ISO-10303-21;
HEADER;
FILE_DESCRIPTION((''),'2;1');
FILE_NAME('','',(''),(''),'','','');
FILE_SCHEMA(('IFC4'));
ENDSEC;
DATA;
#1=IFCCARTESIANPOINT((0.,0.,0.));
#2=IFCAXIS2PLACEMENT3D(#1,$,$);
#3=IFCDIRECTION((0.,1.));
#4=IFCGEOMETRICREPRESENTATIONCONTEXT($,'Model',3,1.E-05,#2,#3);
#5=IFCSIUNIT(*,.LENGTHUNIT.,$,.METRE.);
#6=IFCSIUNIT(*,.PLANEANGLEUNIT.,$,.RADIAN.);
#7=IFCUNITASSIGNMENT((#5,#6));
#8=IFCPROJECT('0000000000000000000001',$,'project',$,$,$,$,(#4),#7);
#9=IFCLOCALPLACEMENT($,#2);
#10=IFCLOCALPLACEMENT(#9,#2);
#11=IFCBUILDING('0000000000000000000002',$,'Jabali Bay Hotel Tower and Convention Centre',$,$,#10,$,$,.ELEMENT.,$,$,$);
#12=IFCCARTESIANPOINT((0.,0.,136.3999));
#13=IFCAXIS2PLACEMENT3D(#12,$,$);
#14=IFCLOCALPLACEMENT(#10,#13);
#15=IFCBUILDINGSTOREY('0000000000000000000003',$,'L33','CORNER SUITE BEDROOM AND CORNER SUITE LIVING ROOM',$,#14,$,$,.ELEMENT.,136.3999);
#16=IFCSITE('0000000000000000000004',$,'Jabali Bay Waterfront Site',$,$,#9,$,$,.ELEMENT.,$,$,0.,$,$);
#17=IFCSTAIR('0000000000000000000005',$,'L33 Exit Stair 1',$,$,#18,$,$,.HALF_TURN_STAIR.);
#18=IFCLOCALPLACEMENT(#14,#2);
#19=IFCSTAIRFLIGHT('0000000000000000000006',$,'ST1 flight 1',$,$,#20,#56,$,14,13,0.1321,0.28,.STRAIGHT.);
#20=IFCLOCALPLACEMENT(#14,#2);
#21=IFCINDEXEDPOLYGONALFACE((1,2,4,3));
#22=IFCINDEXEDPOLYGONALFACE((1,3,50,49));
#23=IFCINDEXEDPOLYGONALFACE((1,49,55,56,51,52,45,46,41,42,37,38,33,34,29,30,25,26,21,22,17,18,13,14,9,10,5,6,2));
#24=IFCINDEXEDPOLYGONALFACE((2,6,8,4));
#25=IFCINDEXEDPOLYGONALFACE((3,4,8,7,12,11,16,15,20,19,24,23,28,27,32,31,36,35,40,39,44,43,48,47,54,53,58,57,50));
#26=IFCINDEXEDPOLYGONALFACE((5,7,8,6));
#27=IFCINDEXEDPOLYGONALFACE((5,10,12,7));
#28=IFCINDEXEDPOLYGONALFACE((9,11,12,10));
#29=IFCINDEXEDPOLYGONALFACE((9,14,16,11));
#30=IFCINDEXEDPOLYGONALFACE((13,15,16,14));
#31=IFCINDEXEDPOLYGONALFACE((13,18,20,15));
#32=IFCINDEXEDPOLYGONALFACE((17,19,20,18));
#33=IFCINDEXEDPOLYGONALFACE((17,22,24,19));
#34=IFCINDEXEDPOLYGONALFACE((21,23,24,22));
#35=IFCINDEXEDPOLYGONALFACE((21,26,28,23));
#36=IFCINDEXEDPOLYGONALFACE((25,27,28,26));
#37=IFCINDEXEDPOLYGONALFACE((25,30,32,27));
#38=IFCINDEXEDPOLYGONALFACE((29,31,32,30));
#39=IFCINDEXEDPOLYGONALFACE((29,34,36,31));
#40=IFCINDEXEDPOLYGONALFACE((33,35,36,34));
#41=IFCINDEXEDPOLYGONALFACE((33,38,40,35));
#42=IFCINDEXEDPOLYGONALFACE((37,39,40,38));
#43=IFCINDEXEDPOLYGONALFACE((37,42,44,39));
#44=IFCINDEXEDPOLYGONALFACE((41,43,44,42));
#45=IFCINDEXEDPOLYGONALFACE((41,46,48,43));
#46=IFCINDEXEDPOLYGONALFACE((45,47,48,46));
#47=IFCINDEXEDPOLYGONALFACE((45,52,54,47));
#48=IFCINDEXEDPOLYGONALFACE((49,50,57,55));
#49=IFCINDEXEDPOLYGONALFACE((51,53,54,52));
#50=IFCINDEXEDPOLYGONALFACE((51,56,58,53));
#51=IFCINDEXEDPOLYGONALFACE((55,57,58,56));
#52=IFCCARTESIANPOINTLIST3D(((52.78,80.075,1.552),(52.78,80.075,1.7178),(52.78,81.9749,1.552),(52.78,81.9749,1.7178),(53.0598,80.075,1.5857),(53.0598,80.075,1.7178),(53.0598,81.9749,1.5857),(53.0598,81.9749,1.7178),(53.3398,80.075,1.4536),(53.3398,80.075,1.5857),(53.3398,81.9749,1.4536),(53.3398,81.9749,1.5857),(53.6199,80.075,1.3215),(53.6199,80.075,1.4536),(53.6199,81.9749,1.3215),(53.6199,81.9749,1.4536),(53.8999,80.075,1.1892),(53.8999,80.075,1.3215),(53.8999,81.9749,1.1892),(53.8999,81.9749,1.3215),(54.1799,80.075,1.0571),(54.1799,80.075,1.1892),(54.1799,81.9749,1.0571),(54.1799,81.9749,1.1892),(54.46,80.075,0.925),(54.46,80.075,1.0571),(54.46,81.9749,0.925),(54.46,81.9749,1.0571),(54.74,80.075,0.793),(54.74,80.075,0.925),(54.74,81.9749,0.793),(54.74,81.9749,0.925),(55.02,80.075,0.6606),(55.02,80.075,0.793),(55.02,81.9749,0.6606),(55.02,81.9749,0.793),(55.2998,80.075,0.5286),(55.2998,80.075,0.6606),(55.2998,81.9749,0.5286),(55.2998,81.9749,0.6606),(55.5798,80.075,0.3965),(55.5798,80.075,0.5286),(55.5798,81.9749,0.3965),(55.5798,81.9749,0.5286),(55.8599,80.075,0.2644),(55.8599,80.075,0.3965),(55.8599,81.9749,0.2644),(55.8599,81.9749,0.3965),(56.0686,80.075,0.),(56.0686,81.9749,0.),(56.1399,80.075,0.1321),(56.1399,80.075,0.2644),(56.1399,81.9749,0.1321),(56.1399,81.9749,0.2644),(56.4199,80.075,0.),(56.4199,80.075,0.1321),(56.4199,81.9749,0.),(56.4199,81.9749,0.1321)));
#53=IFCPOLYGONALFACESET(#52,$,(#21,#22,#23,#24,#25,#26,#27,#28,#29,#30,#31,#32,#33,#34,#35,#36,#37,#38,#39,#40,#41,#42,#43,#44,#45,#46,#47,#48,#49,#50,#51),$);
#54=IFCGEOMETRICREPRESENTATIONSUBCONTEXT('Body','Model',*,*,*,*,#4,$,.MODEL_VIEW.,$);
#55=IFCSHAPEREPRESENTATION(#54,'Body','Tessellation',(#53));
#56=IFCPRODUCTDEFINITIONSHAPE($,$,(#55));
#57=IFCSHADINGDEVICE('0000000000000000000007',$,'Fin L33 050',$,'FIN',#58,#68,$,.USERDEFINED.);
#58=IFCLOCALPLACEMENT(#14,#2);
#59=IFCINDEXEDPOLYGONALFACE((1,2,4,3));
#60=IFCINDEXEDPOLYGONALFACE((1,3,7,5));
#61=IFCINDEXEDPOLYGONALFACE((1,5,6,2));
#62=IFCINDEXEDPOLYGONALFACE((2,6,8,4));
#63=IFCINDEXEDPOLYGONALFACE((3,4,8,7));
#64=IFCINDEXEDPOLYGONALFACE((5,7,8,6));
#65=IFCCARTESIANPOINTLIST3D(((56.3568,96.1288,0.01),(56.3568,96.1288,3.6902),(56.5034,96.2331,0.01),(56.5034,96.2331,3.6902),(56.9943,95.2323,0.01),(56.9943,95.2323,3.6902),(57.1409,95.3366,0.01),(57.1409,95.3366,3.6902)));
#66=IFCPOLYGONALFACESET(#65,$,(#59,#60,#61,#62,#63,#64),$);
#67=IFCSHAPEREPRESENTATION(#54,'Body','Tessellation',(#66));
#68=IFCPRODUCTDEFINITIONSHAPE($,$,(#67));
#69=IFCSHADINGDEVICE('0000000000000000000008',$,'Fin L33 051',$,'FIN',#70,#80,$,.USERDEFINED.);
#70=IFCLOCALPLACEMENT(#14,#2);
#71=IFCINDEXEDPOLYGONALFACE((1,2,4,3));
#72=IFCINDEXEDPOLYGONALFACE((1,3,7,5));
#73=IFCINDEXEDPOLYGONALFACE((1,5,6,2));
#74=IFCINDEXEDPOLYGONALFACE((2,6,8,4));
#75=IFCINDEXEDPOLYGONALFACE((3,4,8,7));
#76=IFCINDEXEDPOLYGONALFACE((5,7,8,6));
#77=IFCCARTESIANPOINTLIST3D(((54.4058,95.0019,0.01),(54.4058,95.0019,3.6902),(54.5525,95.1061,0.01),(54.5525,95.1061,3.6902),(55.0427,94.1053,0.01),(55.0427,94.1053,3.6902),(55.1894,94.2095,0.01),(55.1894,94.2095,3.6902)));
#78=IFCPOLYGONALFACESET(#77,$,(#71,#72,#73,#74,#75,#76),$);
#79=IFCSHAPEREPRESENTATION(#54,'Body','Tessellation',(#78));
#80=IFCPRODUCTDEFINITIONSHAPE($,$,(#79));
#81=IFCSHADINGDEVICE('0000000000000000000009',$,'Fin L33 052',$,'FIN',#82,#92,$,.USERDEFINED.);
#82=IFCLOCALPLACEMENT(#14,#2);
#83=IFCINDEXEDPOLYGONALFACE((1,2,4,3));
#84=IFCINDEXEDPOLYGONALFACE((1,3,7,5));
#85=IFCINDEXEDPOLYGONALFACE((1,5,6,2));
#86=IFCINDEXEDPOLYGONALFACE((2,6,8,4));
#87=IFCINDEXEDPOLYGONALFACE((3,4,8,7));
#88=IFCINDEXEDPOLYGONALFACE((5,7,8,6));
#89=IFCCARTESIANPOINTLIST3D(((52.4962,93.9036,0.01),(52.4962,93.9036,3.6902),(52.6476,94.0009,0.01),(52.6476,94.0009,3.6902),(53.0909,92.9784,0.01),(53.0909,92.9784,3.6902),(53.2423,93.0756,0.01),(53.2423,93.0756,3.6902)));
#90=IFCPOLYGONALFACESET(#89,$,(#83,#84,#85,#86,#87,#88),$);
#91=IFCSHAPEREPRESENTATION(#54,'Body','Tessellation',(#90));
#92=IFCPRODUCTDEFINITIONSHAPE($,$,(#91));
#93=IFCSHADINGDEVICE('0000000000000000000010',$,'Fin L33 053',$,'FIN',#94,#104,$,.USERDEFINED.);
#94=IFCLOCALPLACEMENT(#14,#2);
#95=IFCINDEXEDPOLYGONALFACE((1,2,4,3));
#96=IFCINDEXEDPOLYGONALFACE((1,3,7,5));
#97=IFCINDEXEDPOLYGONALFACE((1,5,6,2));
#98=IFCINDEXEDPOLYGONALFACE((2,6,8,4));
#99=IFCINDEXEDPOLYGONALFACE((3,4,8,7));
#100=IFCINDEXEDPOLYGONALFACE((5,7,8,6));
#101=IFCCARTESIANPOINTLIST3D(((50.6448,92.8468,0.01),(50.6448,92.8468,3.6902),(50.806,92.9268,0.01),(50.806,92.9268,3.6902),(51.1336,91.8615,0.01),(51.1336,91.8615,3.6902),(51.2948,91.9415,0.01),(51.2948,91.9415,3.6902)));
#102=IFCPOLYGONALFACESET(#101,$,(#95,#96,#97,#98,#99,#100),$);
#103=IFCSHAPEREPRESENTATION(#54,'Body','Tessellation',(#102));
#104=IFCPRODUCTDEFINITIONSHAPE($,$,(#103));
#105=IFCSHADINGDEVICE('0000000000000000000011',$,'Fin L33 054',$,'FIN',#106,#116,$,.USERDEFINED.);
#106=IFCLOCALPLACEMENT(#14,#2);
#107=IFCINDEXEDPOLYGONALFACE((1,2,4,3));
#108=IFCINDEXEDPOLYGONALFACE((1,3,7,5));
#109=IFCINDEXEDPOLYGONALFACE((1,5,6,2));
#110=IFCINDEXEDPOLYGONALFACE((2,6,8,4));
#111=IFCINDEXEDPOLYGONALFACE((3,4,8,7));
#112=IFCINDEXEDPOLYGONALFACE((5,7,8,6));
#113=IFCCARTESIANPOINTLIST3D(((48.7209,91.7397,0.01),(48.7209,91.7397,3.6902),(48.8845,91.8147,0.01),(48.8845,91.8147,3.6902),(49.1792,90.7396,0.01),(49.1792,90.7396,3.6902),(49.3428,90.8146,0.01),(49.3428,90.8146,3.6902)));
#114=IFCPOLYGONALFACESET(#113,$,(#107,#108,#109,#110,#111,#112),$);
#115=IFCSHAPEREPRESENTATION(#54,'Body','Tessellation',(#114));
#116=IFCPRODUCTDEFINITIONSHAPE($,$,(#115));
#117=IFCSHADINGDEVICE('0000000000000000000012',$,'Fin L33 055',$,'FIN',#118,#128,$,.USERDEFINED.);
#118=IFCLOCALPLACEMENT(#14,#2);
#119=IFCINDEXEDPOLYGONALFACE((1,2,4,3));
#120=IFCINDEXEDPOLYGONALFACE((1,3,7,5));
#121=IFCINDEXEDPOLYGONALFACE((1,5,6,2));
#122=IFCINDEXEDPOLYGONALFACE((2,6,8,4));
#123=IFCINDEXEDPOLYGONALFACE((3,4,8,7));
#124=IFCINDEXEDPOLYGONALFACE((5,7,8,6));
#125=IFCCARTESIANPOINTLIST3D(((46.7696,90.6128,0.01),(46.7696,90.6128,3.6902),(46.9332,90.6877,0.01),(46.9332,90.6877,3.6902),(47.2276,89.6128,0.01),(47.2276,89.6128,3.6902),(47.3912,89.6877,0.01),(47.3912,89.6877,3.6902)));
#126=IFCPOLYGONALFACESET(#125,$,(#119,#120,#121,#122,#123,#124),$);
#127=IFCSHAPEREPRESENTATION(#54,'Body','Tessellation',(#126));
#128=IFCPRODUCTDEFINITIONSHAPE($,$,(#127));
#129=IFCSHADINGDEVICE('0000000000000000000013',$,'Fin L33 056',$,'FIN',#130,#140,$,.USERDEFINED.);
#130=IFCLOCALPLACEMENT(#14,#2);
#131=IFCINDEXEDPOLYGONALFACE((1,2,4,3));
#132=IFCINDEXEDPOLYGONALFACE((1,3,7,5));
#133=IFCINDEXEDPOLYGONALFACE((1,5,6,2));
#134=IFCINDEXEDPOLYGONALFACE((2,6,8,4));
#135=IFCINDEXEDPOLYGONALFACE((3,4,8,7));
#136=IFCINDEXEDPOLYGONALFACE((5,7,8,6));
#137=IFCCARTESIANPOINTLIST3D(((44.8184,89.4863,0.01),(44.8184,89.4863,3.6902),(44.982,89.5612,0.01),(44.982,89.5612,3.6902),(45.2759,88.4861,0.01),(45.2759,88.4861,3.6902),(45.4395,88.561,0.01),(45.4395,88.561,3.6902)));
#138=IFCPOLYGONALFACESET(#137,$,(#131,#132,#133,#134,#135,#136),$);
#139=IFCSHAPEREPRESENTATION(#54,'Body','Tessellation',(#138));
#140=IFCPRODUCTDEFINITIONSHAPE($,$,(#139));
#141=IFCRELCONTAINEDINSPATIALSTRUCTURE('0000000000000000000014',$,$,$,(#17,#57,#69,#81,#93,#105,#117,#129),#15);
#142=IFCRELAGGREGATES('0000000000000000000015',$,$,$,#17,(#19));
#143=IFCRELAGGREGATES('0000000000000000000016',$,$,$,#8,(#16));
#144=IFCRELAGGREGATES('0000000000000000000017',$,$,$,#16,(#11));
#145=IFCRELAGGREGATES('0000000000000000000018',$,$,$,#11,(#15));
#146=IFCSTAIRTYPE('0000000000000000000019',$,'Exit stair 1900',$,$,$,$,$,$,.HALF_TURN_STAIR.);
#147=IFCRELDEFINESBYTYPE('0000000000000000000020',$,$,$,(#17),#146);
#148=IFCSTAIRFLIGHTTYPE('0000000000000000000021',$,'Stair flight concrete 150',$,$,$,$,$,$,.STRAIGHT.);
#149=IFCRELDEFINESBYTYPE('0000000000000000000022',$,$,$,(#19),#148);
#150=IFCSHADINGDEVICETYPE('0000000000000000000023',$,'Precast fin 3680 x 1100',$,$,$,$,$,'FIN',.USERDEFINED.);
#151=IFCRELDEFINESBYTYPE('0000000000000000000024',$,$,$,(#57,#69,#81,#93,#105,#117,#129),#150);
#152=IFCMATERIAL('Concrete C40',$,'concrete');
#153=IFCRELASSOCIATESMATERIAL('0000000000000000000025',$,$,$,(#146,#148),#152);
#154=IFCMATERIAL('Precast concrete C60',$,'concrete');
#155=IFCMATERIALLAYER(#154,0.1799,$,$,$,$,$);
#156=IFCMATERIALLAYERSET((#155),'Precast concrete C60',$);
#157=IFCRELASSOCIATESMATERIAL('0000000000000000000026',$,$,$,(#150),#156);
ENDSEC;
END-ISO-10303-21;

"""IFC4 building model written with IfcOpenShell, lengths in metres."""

from ifc_helpers import new_model, si_unit, direction, frame, frame_2d, origin, place, context, subcontext, project, spatial, polyline, rectangle, outline, extrude, material, layer, layer_set, type_object, element, aggregate, save


model = new_model("IFC4")

# Units and contexts
model_context = context("Model", 3, precision=1e-05, world=origin(), true_north=direction((0.0, 1.0)))
body_context = subcontext(model_context, "Body", "Model", "MODEL_VIEW")
ifc_project = project(units=[si_unit("LENGTHUNIT", "METRE"), si_unit("PLANEANGLEUNIT", "RADIAN")], contexts=[model_context])

# Site, building, storey
site_placement = place(None, origin())
site = spatial("IfcSite", under=ifc_project, at=site_placement, Name="Jabali Bay Waterfront Site", CompositionType="ELEMENT", RefElevation=0.0)
building_placement = place(site_placement, origin())
building = spatial("IfcBuilding", under=site, at=building_placement, Name="Jabali Bay Hotel Tower and Convention Centre", CompositionType="ELEMENT")
storey_placement = place(building_placement, frame((0.0, 0.0, 136.3999)))
storey = spatial("IfcBuildingStorey", under=building, at=storey_placement, Name="L33", Description="CORNER SUITE BEDROOM AND CORNER SUITE LIVING ROOM", CompositionType="ELEMENT", Elevation=136.3999)

# Shared definitions
ifc_material_1 = material(Name="Concrete C40", Category="concrete")

# Stair, stair flight
stair_type = type_object("IfcStairType", Name="Exit stair 1900", PredefinedType="HALF_TURN_STAIR", material=ifc_material_1)
stair_placement = place(storey_placement, origin())
stair = element("IfcStair", 1, at=stair_placement, inside=storey, type_object=stair_type, Name="L33 Exit Stair 1", PredefinedType="HALF_TURN_STAIR")
stair_flight_type = type_object("IfcStairFlightType", Name="Stair flight concrete 150", PredefinedType="STRAIGHT", material=ifc_material_1)
stair_flight_placement = place(storey_placement, frame((56.4199, 81.0249, 0.0), z_axis=(0.0, 0.0, 1.0), x_axis=(-1.0, 0.0, 0.0)))
stair_flight = element("IfcStairFlight", 2, at=stair_flight_placement, type_object=stair_flight_type, Name="ST1 flight 1", NumberOfRisers=14, NumberOfTreads=13, PredefinedType="STRAIGHT", RiserHeight=0.1321, TreadLength=0.28, context=body_context, shape_type="SweptSolid", body=[
    extrude(outline(polyline([(0.0, 0.0), (0.0, 0.1321), (0.28, 0.1321), (0.28, 0.2644), (0.5601, 0.2644), (0.5601, 0.3965), (0.8401, 0.3965), (0.8401, 0.5286), (1.1201, 0.5286), (1.1201, 0.6606), (1.3999, 0.6606), (1.3999, 0.793), (1.6799, 0.793), (1.6799, 0.925), (1.96, 0.925), (1.96, 1.0571), (2.24, 1.0571), (2.24, 1.1892), (2.52, 1.1892), (2.52, 1.3215), (2.8, 1.3215), (2.8, 1.4536), (3.0801, 1.4536), (3.0801, 1.5857), (3.3601, 1.5857), (3.3601, 1.7178), (3.6399, 1.7178), (3.6399, 1.8501), (3.6399, 1.552), (0.3513, 0.0), (0.0, 0.0)])), frame((0.0, 0.95, 0.0), z_axis=(0.0, -1.0, 0.0), x_axis=(1.0, 0.0, 0.0)), (0.0, 0.0, 1.0), 1.8999),
])
aggregate(stair, [stair_flight])

# Shading devices
ifc_material_2 = material(Name="Precast concrete C60", Category="concrete")
ifc_layer_1 = layer(ifc_material_2, 0.1799)
ifc_layer_set_1 = layer_set([ifc_layer_1], Name="Precast concrete C60")
shading_device_type = type_object("IfcShadingDeviceType", Name="Precast fin 3680 x 1100", ElementType="FIN", PredefinedType="USERDEFINED", material=ifc_layer_set_1)
shading_device_1_placement = place(storey_placement, frame((57.0676, 95.2844, 0.01), z_axis=(0.0, 0.0, 1.0), x_axis=(-0.579494, 0.814976, 0.0)))
element("IfcShadingDevice", 3, at=shading_device_1_placement, inside=storey, type_object=shading_device_type, Name="Fin L33 050", ObjectType="FIN", PredefinedType="USERDEFINED", context=body_context, shape_type="SweptSolid", body=[
    extrude(rectangle(XDim=1.1001, YDim=0.1799, at=frame_2d((0.55, 0.0))), origin(), (0.0, 0.0, 1.0), 3.6802),
])
for number, where, z_axis, x_axis, name in (
    (4, (55.116, 94.1575, 0.01), (0.0, 0.0, 1.0), (-0.579095, 0.81526, 0.0), "Fin L33 051"),
    (5, (53.1665, 93.0271, 0.01), (0.0, 0.0, 1.0), (-0.54069, 0.841222, 0.0), "Fin L33 052"),
    (6, (51.2141, 91.9016, 0.01), (0.0, 0.0, 1.0), (-0.44437, 0.895843, 0.0), "Fin L33 053"),
):
    element("IfcShadingDevice", number, at=place(storey_placement, frame(where, z_axis=z_axis, x_axis=x_axis)), inside=storey, type_object=shading_device_type, Name=name, ObjectType="FIN", PredefinedType="USERDEFINED", context=body_context, shape_type="SweptSolid", body=[
        extrude(rectangle(XDim=1.0999, YDim=0.1799, at=frame_2d((0.5498, 0.0))), origin(), (0.0, 0.0, 1.0), 3.6802),
    ])
shading_device_2_placement = place(storey_placement, frame((49.261, 90.7771, 0.01), z_axis=(0.0, 0.0, 1.0), x_axis=(-0.416594, 0.909093, 0.0)))
element("IfcShadingDevice", 7, at=shading_device_2_placement, inside=storey, type_object=shading_device_type, Name="Fin L33 054", ObjectType="FIN", PredefinedType="USERDEFINED", context=body_context, shape_type="SweptSolid", body=[
    extrude(rectangle(XDim=1.1001, YDim=0.1799, at=frame_2d((0.55, 0.0))), origin(), (0.0, 0.0, 1.0), 3.6802),
])
for number, where, z_axis, x_axis, name in (
    (8, (47.3093, 89.6504, 0.01), (0.0, 0.0, 1.0), (-0.41641, 0.909177, 0.0), "Fin L33 055"),
    (9, (45.3577, 88.5237, 0.01), (0.0, 0.0, 1.0), (-0.415959, 0.909383, 0.0), "Fin L33 056"),
):
    element("IfcShadingDevice", number, at=place(storey_placement, frame(where, z_axis=z_axis, x_axis=x_axis)), inside=storey, type_object=shading_device_type, Name=name, ObjectType="FIN", PredefinedType="USERDEFINED", context=body_context, shape_type="SweptSolid", body=[
        extrude(rectangle(XDim=1.0999, YDim=0.1799, at=frame_2d((0.5498, 0.0))), origin(), (0.0, 0.0, 1.0), 3.6802),
    ])

save(model, "model.ifc")
